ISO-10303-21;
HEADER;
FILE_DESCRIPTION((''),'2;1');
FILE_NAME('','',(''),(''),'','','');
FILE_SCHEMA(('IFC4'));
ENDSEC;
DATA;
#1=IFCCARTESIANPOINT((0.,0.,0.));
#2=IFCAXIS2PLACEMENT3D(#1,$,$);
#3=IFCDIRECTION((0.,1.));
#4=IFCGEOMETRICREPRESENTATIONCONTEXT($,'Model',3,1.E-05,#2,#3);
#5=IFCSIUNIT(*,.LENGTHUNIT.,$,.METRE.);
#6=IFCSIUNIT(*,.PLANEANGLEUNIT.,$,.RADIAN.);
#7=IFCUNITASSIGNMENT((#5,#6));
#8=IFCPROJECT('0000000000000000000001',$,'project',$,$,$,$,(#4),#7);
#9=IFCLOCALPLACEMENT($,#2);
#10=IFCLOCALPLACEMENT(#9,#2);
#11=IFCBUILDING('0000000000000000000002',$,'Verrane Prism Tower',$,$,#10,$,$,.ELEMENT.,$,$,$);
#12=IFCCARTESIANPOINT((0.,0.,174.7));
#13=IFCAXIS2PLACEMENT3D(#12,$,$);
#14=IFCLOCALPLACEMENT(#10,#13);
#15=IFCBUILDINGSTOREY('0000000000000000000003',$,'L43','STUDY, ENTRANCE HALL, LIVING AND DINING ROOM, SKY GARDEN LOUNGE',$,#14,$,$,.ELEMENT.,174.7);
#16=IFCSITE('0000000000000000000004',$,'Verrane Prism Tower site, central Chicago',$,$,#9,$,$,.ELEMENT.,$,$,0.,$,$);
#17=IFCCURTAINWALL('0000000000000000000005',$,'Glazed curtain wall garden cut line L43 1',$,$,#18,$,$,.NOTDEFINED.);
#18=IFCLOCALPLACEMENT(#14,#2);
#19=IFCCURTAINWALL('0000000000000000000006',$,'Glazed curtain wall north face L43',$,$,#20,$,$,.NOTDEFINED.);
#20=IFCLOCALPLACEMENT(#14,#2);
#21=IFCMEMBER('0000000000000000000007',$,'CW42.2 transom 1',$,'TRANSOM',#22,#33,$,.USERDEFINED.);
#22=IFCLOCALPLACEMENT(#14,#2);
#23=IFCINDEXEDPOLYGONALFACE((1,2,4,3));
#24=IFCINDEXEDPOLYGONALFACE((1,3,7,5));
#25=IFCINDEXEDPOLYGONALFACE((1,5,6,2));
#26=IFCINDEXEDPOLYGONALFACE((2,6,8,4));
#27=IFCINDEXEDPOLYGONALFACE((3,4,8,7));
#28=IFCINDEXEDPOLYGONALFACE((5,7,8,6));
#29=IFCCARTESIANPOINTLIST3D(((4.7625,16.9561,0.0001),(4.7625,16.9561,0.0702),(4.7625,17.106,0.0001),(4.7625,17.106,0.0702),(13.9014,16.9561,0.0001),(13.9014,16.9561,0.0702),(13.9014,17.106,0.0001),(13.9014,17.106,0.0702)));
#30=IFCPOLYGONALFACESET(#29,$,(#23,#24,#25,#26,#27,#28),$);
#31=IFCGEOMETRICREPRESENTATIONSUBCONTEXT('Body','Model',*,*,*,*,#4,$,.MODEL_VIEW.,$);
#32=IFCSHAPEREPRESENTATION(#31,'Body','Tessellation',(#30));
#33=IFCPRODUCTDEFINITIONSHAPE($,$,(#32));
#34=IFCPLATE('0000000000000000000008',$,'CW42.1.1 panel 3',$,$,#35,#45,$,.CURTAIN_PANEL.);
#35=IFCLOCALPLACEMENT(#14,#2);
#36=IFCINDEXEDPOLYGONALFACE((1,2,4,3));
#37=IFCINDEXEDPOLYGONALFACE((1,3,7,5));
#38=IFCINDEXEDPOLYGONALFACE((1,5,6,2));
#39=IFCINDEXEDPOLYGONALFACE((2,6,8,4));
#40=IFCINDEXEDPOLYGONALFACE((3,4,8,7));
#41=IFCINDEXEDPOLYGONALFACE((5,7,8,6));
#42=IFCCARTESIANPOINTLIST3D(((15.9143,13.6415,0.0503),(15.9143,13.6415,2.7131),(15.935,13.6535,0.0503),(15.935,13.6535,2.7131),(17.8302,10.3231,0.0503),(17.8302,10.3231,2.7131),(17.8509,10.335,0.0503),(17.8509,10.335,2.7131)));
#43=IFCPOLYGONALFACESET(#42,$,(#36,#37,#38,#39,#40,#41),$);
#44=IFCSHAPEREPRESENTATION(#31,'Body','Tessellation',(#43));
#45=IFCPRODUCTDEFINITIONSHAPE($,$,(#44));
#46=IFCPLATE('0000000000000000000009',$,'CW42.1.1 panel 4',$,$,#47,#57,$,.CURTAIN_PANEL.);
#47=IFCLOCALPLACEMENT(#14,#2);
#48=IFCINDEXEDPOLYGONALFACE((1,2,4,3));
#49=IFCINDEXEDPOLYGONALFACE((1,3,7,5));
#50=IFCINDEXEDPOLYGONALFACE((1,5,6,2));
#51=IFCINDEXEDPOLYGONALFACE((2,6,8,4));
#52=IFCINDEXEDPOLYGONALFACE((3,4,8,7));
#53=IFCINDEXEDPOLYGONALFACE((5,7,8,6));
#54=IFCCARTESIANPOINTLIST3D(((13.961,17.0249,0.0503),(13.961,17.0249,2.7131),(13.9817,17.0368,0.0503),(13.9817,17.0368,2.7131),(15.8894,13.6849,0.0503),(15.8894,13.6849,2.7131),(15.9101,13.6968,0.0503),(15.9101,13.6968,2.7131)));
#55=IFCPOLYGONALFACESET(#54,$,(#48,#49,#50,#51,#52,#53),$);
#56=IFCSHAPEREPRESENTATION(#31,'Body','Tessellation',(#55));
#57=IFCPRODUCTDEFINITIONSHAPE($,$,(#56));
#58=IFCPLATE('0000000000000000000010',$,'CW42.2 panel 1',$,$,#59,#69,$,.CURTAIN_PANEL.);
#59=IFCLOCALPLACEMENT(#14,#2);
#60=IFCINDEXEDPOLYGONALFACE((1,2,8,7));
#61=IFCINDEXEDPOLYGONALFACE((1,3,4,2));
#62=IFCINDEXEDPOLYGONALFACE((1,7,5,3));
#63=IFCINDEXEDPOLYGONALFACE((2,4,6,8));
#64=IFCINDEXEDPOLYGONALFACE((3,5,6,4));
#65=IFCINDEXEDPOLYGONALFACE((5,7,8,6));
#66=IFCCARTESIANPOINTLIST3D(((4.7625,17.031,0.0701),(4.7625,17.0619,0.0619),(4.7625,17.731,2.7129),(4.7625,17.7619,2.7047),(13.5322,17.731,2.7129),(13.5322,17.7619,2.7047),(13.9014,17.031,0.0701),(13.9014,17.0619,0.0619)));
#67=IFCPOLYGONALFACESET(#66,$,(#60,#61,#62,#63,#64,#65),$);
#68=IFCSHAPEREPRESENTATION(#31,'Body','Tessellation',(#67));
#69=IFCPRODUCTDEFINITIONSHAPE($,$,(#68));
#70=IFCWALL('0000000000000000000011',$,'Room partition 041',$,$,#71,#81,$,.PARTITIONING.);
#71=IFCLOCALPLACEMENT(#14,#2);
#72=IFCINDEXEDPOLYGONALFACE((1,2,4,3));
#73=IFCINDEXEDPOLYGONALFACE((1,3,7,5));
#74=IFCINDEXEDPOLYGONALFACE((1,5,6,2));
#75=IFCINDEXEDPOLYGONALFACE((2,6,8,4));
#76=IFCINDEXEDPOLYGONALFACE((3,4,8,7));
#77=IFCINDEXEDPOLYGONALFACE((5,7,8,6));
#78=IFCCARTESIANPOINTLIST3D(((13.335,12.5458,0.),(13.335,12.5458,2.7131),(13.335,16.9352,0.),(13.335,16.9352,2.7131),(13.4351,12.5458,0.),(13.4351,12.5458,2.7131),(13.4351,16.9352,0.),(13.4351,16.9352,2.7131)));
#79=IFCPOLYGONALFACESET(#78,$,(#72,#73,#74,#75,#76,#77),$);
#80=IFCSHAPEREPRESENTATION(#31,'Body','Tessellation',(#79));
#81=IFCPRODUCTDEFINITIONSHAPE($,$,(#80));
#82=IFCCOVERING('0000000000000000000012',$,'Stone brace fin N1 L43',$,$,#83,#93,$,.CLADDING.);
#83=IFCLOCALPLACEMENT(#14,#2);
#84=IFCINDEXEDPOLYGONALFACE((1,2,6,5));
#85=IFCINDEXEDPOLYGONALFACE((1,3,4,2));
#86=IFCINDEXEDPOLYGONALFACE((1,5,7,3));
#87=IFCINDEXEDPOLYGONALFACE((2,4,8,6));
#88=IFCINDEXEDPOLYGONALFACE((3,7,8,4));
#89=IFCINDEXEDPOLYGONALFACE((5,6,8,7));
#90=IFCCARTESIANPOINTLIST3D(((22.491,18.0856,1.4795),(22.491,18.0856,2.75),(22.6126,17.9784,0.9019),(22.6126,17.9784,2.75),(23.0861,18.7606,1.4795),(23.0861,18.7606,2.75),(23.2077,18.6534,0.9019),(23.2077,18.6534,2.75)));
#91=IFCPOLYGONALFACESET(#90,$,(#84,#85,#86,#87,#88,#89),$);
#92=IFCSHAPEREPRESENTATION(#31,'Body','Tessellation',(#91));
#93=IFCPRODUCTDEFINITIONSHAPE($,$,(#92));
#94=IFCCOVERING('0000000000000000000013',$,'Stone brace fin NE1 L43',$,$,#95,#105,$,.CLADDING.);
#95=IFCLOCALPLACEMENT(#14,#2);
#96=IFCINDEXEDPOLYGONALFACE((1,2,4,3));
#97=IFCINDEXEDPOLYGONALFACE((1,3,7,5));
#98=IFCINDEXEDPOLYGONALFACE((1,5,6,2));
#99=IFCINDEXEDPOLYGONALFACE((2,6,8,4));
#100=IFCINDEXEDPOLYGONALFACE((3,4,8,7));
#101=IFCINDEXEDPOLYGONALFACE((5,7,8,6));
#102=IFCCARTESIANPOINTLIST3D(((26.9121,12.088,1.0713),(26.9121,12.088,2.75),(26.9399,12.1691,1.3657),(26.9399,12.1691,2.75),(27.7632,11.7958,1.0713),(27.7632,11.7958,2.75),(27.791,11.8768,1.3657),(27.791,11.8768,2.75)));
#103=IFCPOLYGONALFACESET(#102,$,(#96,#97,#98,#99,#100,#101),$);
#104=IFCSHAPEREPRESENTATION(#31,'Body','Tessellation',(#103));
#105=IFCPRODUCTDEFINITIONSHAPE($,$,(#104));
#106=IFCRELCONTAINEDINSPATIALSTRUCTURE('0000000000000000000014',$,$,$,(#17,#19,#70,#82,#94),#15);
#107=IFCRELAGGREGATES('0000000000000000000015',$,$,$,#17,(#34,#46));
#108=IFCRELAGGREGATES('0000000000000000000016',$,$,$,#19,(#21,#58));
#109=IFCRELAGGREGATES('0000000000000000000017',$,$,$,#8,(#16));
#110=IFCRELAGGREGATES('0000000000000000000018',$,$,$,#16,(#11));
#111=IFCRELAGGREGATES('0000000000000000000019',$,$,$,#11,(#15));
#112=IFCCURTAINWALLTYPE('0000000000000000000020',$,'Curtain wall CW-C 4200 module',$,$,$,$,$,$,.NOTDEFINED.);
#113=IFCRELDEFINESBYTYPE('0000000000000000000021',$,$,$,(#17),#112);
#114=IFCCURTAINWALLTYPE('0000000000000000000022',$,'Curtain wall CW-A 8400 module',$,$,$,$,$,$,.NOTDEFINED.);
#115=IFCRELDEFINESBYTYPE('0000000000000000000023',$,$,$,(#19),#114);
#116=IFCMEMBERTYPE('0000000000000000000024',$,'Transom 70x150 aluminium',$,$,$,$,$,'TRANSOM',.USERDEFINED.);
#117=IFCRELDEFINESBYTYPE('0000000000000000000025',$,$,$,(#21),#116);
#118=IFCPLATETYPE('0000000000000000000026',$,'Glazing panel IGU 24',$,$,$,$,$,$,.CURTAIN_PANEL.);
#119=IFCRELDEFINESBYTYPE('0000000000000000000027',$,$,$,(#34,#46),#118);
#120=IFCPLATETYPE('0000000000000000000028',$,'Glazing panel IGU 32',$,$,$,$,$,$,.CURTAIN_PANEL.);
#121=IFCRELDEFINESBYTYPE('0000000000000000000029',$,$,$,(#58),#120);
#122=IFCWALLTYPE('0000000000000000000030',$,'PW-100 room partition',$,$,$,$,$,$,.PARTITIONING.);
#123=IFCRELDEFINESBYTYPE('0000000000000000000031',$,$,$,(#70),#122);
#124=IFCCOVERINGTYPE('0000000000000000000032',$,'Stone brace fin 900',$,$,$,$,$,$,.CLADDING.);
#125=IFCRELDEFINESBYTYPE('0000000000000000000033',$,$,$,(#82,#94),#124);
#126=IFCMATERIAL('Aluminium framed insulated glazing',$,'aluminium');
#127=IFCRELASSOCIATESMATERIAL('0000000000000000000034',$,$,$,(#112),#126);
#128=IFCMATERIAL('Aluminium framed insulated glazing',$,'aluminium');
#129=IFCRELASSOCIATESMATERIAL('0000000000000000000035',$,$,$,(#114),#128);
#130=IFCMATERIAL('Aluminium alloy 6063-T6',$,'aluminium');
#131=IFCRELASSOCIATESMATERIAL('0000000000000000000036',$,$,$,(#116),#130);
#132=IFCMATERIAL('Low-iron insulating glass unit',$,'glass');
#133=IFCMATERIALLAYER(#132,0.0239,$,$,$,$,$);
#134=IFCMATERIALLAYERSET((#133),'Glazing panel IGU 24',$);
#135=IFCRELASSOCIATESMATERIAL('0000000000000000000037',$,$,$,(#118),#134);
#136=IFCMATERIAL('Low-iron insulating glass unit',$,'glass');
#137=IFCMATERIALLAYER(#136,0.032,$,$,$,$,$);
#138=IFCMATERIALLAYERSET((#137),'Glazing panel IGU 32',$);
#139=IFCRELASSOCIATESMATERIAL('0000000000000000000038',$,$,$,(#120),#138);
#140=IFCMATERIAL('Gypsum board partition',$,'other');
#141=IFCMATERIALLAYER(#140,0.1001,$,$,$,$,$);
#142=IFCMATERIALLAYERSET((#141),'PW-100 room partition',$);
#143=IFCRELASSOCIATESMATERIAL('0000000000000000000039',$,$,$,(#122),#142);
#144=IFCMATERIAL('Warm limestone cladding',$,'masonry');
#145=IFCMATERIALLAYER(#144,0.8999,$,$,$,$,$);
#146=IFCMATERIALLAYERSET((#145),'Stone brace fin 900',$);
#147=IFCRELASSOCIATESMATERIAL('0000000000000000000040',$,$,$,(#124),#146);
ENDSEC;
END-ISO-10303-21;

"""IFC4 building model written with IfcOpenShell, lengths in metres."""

from ifc_helpers import new_model, si_unit, direction, frame, frame_2d, origin, origin_2d, place, context, subcontext, project, spatial, polyline, rectangle, outline, extrude, material, layer, layer_set, material_profile, profile_set, type_object, element, aggregate, save


model = new_model("IFC4")

# Units and contexts
model_context = context("Model", 3, precision=1e-05, world=origin(), true_north=direction((0.0, 1.0)))
body_context = subcontext(model_context, "Body", "Model", "MODEL_VIEW")
ifc_project = project(units=[si_unit("LENGTHUNIT", "METRE"), si_unit("PLANEANGLEUNIT", "RADIAN")], contexts=[model_context])

# Site, building, storey
site_placement = place(None, origin())
site = spatial("IfcSite", under=ifc_project, at=site_placement, Name="Verrane Prism Tower site, central Chicago", CompositionType="ELEMENT", RefElevation=0.0)
building_placement = place(site_placement, origin())
building = spatial("IfcBuilding", under=site, at=building_placement, Name="Verrane Prism Tower", CompositionType="ELEMENT")
storey_placement = place(building_placement, frame((0.0, 0.0, 174.7)))
storey = spatial("IfcBuildingStorey", under=building, at=storey_placement, Name="L43", Description="STUDY, ENTRANCE HALL, LIVING AND DINING ROOM, SKY GARDEN LOUNGE", CompositionType="ELEMENT", Elevation=174.7)

# Curtain walls
ifc_material_1 = material(Name="Aluminium framed insulated glazing", Category="aluminium")
curtain_wall_type_1 = type_object("IfcCurtainWallType", Name="Curtain wall CW-C 4200 module", PredefinedType="NOTDEFINED", material=ifc_material_1)
curtain_wall_1_placement = place(storey_placement, origin())
curtain_wall_1 = element("IfcCurtainWall", 1, at=curtain_wall_1_placement, inside=storey, type_object=curtain_wall_type_1, Name="Glazed curtain wall garden cut line L43 1", PredefinedType="NOTDEFINED")
ifc_material_2 = material(Name="Aluminium framed insulated glazing", Category="aluminium")
curtain_wall_type_2 = type_object("IfcCurtainWallType", Name="Curtain wall CW-A 8400 module", PredefinedType="NOTDEFINED", material=ifc_material_2)
curtain_wall_2_placement = place(storey_placement, origin())
curtain_wall_2 = element("IfcCurtainWall", 2, at=curtain_wall_2_placement, inside=storey, type_object=curtain_wall_type_2, Name="Glazed curtain wall north face L43", PredefinedType="NOTDEFINED")

# Member
ifc_material_3 = material(Name="Aluminium alloy 6063-T6", Category="aluminium")
ifc_material_profile_1 = material_profile(ifc_material_3, rectangle(XDim=0.1499, YDim=0.0701, at=origin_2d()), Name="Transom 70x150 aluminium")
ifc_profile_set_1 = profile_set([ifc_material_profile_1], Name="Aluminium alloy 6063-T6")
member_type_1 = type_object("IfcMemberType", Name="Transom 70x150 aluminium", ElementType="TRANSOM", PredefinedType="USERDEFINED", material=ifc_profile_set_1)
member_1_placement = place(storey_placement, frame((13.9014, 17.031, 0.0352), z_axis=(-1.0, 0.0, 0.0), x_axis=(0.0, -1.0, 0.0)))
member_1 = element("IfcMember", 3, at=member_1_placement, type_object=member_type_1, Name="CW42.2 transom 1", ObjectType="TRANSOM", PredefinedType="USERDEFINED", context=body_context, shape_type="SweptSolid", body=[
    extrude(rectangle(XDim=0.1499, YDim=0.0701, at=origin_2d()), origin(), (0.0, 0.0, 1.0), 9.1389),
])

# Plates
ifc_material_4 = material(Name="Low-iron insulating glass unit", Category="glass")
ifc_layer_1 = layer(ifc_material_4, 0.0239)
ifc_layer_set_1 = layer_set([ifc_layer_1], Name="Glazing panel IGU 24")
plate_type_1 = type_object("IfcPlateType", Name="Glazing panel IGU 24", PredefinedType="CURTAIN_PANEL", material=ifc_layer_set_1)
plate_1_placement = place(storey_placement, frame((16.8826, 11.9883, 0.0503), z_axis=(0.0, 0.0, 1.0), x_axis=(-0.499999, 0.866026, 0.0)))
plate_1 = element("IfcPlate", 4, at=plate_1_placement, type_object=plate_type_1, Name="CW42.1.1 panel 3", PredefinedType="CURTAIN_PANEL", context=body_context, shape_type="SweptSolid", body=[
    extrude(rectangle(XDim=3.8318, YDim=0.0239, at=origin_2d()), origin(), (0.0, 0.0, 1.0), 2.6628),
])
plate_2_placement = place(storey_placement, frame((14.9355, 15.3608, 0.0503), z_axis=(0.0, 0.0, 1.0), x_axis=(-0.499999, 0.866026, 0.0)))
plate_2 = element("IfcPlate", 5, at=plate_2_placement, type_object=plate_type_1, Name="CW42.1.1 panel 4", PredefinedType="CURTAIN_PANEL", context=body_context, shape_type="SweptSolid", body=[
    extrude(rectangle(XDim=3.8567, YDim=0.0239, at=origin_2d()), origin(), (0.0, 0.0, 1.0), 2.6628),
])
aggregate(curtain_wall_1, [plate_1, plate_2])
ifc_material_5 = material(Name="Low-iron insulating glass unit", Category="glass")
ifc_layer_2 = layer(ifc_material_5, 0.032)
ifc_layer_set_2 = layer_set([ifc_layer_2], Name="Glazing panel IGU 32")
plate_type_2 = type_object("IfcPlateType", Name="Glazing panel IGU 32", PredefinedType="CURTAIN_PANEL", material=ifc_layer_set_2)
plate_3_placement = place(storey_placement, frame((13.9014, 17.031, 0.0701), z_axis=(0.0, -0.966671, 0.256023), x_axis=(-1.0, 0.0, 0.0)))
plate_3 = element("IfcPlate", 6, at=plate_3_placement, type_object=plate_type_2, Name="CW42.2 panel 1", PredefinedType="CURTAIN_PANEL", context=body_context, shape_type="SweptSolid", body=[
    extrude(outline(polyline([(0.0, 0.0), (9.1389, 0.0), (9.1389, -2.7339), (0.3691, -2.7339), (0.0, 0.0)])), origin(), (0.0, 0.0, -1.0), 0.032),
])
aggregate(curtain_wall_2, [member_1, plate_3])

# Wall
ifc_material_6 = material(Name="Gypsum board partition", Category="other")
ifc_layer_3 = layer(ifc_material_6, 0.1001)
ifc_layer_set_3 = layer_set([ifc_layer_3], Name="PW-100 room partition")
wall_type = type_object("IfcWallType", Name="PW-100 room partition", PredefinedType="PARTITIONING", material=ifc_layer_set_3)
wall_placement = place(storey_placement, frame((13.385, 12.5457, 0.0), z_axis=(0.0, 0.0, 1.0), x_axis=(0.0, 1.0, 0.0)))
element("IfcWall", 7, at=wall_placement, inside=storey, type_object=wall_type, Name="Room partition 041", PredefinedType="PARTITIONING", context=body_context, shape_type="SweptSolid", body=[
    extrude(rectangle(XDim=4.3894, YDim=0.1001, at=frame_2d((2.1948, 0.0))), origin(), (0.0, 0.0, 1.0), 2.7131),
])

# Coverings
ifc_material_7 = material(Name="Warm limestone cladding", Category="masonry")
ifc_layer_4 = layer(ifc_material_7, 0.8999)
ifc_layer_set_4 = layer_set([ifc_layer_4], Name="Stone brace fin 900")
covering_type = type_object("IfcCoveringType", Name="Stone brace fin 900", PredefinedType="CLADDING", material=ifc_layer_set_4)
covering_1_placement = place(storey_placement, frame((22.9102, 18.3159, 0.9019), z_axis=(0.0, 0.0, 1.0), x_axis=(-0.750145, 0.661273, 0.0)))
element("IfcCovering", 8, at=covering_1_placement, inside=storey, type_object=covering_type, Name="Stone brace fin N1 L43", PredefinedType="CLADDING", context=body_context, shape_type="SweptSolid", body=[
    extrude(outline(polyline([(0.1621, 1.8481), (0.0, 1.8481), (0.0, 0.0), (0.1621, 0.5776), (0.1621, 1.8481)])), frame((0.0, 0.45, 0.0), z_axis=(0.0, -1.0, 0.0), x_axis=(1.0, 0.0, 0.0)), (0.0, 0.0, 1.0), 0.8999),
])
covering_2_placement = place(storey_placement, frame((27.3376, 11.9419, 1.0713), z_axis=(0.0, 0.0, 1.0), x_axis=(0.324761, 0.945796, 0.0)))
element("IfcCovering", 9, at=covering_2_placement, inside=storey, type_object=covering_type, Name="Stone brace fin NE1 L43", PredefinedType="CLADDING", context=body_context, shape_type="SweptSolid", body=[
    extrude(outline(polyline([(0.0857, 1.6787), (0.0, 1.6787), (0.0, 0.0), (0.0857, 0.2944), (0.0857, 1.6787)])), frame((0.0, 0.45, 0.0), z_axis=(0.0, -1.0, 0.0), x_axis=(1.0, 0.0, 0.0)), (0.0, 0.0, 1.0), 0.8999),
])

save(model, "model.ifc")
